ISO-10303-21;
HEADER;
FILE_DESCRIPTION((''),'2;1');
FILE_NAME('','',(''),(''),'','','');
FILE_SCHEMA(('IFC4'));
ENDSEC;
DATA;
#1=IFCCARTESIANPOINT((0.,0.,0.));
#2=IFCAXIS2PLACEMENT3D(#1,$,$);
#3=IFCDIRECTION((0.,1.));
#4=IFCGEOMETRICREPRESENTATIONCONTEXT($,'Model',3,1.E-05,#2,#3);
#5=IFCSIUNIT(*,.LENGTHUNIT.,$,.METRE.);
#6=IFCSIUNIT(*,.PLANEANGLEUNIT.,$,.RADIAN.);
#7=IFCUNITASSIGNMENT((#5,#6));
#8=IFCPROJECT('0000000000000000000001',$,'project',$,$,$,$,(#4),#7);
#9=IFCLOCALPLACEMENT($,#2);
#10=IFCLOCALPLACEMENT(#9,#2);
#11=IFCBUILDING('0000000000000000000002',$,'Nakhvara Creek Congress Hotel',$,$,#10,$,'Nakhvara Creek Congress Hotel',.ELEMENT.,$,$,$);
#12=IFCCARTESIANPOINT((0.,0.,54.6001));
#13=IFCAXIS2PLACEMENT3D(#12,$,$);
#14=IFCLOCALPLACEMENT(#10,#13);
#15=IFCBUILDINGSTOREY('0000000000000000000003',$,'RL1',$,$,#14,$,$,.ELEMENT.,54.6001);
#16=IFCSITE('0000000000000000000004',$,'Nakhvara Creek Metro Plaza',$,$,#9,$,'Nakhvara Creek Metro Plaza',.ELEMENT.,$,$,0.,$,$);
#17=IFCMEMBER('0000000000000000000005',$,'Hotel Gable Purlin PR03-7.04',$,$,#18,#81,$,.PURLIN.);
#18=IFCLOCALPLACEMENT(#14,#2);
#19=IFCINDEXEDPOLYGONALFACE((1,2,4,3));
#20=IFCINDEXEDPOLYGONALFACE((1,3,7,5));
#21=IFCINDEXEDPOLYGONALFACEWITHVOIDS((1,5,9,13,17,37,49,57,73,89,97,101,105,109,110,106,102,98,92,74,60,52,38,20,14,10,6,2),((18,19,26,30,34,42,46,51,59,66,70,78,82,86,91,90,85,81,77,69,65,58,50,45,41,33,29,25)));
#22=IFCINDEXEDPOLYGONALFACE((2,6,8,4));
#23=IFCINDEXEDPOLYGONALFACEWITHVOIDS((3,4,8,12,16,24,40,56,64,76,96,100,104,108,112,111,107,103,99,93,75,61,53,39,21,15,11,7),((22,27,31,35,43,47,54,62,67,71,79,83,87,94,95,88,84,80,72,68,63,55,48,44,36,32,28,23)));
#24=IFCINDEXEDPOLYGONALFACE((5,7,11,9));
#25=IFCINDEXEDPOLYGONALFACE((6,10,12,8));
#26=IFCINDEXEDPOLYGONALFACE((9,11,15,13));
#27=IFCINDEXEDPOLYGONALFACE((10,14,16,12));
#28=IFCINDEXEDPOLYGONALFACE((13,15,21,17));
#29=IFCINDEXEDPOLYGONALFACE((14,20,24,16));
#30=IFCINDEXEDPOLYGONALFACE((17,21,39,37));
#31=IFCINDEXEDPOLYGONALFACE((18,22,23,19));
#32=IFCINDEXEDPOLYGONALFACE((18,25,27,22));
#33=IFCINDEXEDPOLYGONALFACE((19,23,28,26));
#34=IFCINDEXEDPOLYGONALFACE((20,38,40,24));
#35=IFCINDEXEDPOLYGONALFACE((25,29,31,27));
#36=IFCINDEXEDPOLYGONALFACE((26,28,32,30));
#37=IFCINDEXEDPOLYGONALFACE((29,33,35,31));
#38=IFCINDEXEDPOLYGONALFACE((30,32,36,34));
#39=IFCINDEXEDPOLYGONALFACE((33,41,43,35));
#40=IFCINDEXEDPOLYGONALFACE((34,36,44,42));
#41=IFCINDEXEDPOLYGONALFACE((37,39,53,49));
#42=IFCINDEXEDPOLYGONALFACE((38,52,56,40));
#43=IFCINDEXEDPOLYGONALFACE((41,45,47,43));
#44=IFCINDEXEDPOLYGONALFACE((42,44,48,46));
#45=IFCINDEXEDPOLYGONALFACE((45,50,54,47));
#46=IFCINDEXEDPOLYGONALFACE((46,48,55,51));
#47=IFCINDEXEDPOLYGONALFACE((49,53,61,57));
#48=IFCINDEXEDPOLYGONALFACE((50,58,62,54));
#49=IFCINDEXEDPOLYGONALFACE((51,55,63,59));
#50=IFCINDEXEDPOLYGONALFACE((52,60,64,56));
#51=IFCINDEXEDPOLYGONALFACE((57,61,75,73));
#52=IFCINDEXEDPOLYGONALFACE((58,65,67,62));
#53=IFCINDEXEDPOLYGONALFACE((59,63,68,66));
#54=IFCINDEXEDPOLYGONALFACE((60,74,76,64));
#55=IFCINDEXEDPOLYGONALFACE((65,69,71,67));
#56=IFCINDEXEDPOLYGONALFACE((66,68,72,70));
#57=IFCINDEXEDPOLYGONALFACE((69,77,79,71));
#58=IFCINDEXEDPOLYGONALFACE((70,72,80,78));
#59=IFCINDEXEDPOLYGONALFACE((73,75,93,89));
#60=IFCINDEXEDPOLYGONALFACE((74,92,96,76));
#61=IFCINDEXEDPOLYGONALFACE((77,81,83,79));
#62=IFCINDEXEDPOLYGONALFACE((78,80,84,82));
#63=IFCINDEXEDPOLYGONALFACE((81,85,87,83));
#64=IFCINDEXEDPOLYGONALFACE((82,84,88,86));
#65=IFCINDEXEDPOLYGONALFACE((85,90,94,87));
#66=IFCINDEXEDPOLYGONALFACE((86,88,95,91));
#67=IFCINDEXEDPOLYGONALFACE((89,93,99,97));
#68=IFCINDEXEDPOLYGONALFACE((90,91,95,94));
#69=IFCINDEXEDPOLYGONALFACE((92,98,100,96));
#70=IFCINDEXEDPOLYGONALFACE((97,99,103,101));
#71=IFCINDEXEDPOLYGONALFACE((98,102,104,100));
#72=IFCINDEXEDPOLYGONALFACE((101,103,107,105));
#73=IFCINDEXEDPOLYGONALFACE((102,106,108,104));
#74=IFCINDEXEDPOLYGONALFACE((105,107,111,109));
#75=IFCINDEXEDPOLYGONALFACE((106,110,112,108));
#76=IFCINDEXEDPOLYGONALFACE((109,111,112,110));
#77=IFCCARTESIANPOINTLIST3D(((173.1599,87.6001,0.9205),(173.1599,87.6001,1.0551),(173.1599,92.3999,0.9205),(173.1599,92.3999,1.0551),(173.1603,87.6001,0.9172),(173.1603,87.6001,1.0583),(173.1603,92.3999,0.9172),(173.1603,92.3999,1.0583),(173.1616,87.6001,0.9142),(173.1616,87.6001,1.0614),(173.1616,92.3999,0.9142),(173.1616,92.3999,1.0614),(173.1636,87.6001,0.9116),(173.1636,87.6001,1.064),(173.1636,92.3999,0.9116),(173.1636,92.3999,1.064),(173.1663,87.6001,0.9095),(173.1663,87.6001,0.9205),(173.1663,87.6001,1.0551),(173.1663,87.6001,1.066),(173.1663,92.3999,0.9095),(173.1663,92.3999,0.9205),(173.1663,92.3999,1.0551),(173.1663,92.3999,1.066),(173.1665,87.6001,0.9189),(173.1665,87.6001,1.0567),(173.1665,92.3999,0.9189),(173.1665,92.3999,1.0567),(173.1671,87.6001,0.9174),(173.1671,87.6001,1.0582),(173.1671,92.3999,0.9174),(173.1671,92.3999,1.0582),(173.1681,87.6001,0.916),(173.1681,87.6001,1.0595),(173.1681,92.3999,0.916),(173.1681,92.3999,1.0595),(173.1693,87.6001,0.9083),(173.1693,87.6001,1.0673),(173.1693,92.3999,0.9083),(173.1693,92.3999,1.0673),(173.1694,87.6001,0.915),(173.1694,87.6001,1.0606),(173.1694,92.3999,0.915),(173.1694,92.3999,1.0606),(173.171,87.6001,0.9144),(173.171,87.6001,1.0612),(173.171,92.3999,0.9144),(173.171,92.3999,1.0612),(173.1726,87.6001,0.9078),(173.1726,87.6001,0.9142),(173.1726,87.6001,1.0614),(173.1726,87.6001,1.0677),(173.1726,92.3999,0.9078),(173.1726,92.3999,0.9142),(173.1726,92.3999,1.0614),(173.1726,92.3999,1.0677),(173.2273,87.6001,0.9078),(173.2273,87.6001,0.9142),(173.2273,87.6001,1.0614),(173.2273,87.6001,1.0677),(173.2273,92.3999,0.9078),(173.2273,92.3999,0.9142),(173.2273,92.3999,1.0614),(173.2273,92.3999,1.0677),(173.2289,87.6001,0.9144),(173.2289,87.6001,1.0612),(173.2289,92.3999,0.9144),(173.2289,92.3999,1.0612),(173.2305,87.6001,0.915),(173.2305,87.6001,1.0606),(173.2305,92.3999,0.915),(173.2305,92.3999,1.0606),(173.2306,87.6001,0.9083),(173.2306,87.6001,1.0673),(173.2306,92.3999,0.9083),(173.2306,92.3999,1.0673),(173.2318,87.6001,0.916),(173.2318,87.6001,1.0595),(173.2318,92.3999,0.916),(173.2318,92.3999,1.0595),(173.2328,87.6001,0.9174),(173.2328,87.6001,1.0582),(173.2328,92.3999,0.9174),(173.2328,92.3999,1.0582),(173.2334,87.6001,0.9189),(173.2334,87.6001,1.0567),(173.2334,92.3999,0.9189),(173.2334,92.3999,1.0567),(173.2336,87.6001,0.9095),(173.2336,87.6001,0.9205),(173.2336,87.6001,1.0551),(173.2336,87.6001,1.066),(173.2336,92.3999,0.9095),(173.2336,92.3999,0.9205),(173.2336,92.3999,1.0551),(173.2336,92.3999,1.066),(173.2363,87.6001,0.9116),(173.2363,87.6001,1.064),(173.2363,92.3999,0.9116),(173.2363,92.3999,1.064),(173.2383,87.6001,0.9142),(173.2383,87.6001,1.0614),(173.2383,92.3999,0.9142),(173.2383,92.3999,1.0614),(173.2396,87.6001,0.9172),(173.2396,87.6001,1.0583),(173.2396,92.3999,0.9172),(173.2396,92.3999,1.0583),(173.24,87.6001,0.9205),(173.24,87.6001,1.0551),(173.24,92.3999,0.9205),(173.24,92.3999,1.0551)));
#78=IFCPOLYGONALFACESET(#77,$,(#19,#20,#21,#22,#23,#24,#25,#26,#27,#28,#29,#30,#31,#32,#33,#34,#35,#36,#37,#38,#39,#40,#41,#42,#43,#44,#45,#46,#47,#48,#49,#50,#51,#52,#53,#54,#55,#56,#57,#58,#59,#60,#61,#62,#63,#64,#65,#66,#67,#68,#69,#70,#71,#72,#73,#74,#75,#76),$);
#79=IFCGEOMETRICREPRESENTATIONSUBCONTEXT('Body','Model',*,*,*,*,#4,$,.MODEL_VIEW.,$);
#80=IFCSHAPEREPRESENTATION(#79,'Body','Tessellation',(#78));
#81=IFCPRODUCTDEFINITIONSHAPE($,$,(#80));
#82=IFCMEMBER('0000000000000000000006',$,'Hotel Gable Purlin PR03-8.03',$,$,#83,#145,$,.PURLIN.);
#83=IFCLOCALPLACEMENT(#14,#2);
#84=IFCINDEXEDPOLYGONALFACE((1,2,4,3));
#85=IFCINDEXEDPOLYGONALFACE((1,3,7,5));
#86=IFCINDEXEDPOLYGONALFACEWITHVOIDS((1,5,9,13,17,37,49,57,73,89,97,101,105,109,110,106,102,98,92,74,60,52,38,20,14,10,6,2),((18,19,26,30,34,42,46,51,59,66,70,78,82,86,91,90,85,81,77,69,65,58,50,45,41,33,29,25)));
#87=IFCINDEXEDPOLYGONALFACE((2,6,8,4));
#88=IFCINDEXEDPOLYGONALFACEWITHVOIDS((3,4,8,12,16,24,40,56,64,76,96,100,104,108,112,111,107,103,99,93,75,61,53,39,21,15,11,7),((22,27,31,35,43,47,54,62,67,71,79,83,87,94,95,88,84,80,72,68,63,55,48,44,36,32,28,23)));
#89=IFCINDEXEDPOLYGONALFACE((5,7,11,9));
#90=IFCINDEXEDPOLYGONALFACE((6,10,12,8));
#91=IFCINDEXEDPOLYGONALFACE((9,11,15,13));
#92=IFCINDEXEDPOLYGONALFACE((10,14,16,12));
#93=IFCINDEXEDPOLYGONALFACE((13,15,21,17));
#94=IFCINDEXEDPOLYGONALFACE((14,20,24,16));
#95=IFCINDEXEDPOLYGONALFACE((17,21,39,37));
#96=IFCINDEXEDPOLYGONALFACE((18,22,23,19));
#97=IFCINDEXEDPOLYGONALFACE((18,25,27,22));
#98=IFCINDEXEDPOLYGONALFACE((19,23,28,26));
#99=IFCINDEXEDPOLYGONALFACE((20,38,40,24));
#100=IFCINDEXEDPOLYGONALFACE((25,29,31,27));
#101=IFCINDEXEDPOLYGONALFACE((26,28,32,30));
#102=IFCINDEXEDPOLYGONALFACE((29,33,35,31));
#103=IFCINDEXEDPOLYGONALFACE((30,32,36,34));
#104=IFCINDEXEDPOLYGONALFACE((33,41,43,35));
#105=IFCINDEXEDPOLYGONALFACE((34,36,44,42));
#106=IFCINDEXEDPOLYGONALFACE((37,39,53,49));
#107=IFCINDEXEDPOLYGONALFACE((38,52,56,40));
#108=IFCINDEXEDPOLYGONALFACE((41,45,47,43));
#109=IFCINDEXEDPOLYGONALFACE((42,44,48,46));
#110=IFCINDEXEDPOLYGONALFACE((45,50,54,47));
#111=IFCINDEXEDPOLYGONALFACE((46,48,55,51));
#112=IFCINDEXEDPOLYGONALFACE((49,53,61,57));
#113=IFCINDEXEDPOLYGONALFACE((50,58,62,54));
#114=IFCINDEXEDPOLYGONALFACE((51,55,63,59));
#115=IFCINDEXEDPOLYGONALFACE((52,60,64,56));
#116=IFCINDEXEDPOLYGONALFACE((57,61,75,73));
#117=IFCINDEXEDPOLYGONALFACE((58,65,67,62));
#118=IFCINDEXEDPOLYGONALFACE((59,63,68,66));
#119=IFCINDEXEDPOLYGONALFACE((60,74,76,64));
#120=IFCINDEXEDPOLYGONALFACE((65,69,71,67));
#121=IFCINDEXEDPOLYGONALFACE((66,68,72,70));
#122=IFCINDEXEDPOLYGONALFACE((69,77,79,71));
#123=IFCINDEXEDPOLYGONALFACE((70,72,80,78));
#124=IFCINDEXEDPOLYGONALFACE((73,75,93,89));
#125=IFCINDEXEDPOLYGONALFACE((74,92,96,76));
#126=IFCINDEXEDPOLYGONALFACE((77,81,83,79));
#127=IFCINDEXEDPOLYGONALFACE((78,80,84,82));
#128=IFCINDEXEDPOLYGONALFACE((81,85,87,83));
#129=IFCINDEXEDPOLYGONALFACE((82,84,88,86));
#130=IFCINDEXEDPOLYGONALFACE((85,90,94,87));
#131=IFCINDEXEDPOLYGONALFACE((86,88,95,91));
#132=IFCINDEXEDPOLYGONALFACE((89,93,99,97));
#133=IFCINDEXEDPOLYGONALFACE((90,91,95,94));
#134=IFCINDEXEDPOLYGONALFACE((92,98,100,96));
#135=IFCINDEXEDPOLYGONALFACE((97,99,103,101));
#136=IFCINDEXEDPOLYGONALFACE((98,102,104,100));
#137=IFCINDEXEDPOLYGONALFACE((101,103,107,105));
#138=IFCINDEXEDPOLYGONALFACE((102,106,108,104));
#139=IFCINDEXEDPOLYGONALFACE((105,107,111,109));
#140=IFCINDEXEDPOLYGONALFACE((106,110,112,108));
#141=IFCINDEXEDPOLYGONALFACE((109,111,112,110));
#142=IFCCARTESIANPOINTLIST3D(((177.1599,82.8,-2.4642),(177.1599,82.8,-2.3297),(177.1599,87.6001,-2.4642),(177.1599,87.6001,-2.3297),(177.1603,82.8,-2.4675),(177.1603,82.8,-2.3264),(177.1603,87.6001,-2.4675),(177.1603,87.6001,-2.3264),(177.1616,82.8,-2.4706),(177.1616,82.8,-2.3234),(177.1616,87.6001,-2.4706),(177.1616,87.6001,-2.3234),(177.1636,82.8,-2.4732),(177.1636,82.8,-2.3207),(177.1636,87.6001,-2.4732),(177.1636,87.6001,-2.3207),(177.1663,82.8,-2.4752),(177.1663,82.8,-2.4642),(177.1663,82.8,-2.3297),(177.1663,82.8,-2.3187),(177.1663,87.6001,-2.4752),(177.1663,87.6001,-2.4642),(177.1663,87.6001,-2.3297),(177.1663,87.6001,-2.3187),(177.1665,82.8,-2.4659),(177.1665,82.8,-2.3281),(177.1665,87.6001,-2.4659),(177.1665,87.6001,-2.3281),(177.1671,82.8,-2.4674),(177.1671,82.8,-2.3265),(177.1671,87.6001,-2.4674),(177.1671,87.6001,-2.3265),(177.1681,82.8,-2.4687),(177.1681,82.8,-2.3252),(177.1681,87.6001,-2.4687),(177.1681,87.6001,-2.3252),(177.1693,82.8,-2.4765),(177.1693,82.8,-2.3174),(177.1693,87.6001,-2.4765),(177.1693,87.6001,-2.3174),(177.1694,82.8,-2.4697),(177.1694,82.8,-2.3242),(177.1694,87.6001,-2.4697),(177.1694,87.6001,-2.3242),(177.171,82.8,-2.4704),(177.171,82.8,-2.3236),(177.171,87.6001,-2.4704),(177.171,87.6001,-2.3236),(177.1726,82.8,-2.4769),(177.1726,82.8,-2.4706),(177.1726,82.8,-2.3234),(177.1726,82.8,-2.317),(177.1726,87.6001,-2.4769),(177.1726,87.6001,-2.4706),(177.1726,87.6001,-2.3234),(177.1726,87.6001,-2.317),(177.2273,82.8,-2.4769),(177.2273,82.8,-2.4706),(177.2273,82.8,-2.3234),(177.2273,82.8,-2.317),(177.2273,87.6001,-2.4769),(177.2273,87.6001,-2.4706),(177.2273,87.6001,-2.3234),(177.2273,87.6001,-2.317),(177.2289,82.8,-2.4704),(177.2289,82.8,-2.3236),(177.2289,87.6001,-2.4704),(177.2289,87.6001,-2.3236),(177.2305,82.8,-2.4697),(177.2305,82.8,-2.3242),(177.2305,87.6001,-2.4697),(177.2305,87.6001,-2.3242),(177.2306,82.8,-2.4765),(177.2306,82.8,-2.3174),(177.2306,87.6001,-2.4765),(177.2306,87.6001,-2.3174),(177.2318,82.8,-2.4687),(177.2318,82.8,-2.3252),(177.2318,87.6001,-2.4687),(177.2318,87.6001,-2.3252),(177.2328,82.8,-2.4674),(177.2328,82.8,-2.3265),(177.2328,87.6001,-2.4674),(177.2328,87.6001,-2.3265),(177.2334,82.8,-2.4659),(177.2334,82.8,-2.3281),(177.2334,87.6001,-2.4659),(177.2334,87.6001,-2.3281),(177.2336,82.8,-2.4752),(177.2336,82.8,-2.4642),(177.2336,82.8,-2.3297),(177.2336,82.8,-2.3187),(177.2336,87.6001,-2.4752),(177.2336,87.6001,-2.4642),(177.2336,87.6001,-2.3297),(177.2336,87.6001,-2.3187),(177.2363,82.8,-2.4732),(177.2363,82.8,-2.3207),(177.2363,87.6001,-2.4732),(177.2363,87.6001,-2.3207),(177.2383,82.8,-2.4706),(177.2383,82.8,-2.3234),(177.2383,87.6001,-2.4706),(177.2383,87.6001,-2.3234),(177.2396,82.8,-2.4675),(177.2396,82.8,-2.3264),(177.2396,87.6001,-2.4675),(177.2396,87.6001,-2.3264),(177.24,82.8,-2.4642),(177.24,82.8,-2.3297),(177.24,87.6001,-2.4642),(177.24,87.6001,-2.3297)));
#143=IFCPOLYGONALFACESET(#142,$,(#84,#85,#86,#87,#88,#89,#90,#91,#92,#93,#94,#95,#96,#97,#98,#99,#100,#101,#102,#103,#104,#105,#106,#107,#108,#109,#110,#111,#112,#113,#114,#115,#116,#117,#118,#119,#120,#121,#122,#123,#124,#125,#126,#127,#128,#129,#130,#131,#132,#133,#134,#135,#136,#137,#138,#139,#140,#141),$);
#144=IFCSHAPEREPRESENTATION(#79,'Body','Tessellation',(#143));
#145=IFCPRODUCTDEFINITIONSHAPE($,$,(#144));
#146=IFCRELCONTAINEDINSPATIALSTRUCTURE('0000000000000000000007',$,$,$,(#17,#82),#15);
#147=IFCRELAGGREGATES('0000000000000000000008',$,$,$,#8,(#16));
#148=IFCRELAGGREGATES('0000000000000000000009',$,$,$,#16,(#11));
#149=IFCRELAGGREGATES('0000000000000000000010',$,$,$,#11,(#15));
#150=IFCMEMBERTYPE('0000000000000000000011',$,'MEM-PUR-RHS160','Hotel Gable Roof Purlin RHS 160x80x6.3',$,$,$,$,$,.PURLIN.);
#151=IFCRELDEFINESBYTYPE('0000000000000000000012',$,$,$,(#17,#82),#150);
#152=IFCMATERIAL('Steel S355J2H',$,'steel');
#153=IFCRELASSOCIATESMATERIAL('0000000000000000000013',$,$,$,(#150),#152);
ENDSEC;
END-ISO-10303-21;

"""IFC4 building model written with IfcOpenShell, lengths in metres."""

from ifc_helpers import new_model, si_unit, direction, frame, origin, origin_2d, place, context, subcontext, project, spatial, hollow_rectangle, extrude, material, material_profile, profile_set, type_object, element, save


model = new_model("IFC4")

# Units and contexts
model_context = context("Model", 3, precision=1e-05, world=origin(), true_north=direction((0.0, 1.0)))
body_context = subcontext(model_context, "Body", "Model", "MODEL_VIEW")
ifc_project = project(units=[si_unit("LENGTHUNIT", "METRE"), si_unit("PLANEANGLEUNIT", "RADIAN")], contexts=[model_context])

# Site, building, storey
site_placement = place(None, origin())
site = spatial("IfcSite", under=ifc_project, at=site_placement, Name="Nakhvara Creek Metro Plaza", LongName="Nakhvara Creek Metro Plaza", CompositionType="ELEMENT", RefElevation=0.0)
building_placement = place(site_placement, origin())
building = spatial("IfcBuilding", under=site, at=building_placement, Name="Nakhvara Creek Congress Hotel", LongName="Nakhvara Creek Congress Hotel", CompositionType="ELEMENT")
storey_placement = place(building_placement, frame((0.0, 0.0, 54.6001)))
storey = spatial("IfcBuildingStorey", under=building, at=storey_placement, Name="RL1", CompositionType="ELEMENT", Elevation=54.6001)

# Members
ifc_material_1 = material(Name="Steel S355J2H", Category="steel")
ifc_material_profile_1 = material_profile(ifc_material_1, hollow_rectangle(XDim=0.0801, YDim=0.1599, WallThickness=0.0063, InnerFilletRadius=0.0063, OuterFilletRadius=0.0127, at=origin_2d()), Name="RHS 160x80x6.3", Category="LoadBearing")
ifc_profile_set_1 = profile_set([ifc_material_profile_1], Name="Steel S355J2H")
member_type_1 = type_object("IfcMemberType", Name="MEM-PUR-RHS160", Description="Hotel Gable Roof Purlin RHS 160x80x6.3", PredefinedType="PURLIN", material=ifc_profile_set_1)
member_1_placement = place(storey_placement, frame((173.2, 87.6001, 0.9878), z_axis=(0.0, 1.0, 0.0), x_axis=(-1.0, 0.0, 0.0)))
element("IfcMember", 1, at=member_1_placement, inside=storey, type_object=member_type_1, Name="Hotel Gable Purlin PR03-7.04", PredefinedType="PURLIN", context=body_context, shape_type="SweptSolid", body=[
    extrude(hollow_rectangle(XDim=0.0801, YDim=0.1599, WallThickness=0.0063, InnerFilletRadius=0.0063, OuterFilletRadius=0.0127, at=origin_2d()), origin(), (0.0, 0.0, 1.0), 4.7998),
])
member_2_placement = place(storey_placement, frame((177.2, 82.8, -2.397), z_axis=(0.0, 1.0, 0.0), x_axis=(-1.0, 0.0, 0.0)))
element("IfcMember", 2, at=member_2_placement, inside=storey, type_object=member_type_1, Name="Hotel Gable Purlin PR03-8.03", PredefinedType="PURLIN", context=body_context, shape_type="SweptSolid", body=[
    extrude(hollow_rectangle(XDim=0.0801, YDim=0.1599, WallThickness=0.0063, InnerFilletRadius=0.0063, OuterFilletRadius=0.0127, at=origin_2d()), origin(), (0.0, 0.0, 1.0), 4.8),
])

save(model, "model.ifc")
